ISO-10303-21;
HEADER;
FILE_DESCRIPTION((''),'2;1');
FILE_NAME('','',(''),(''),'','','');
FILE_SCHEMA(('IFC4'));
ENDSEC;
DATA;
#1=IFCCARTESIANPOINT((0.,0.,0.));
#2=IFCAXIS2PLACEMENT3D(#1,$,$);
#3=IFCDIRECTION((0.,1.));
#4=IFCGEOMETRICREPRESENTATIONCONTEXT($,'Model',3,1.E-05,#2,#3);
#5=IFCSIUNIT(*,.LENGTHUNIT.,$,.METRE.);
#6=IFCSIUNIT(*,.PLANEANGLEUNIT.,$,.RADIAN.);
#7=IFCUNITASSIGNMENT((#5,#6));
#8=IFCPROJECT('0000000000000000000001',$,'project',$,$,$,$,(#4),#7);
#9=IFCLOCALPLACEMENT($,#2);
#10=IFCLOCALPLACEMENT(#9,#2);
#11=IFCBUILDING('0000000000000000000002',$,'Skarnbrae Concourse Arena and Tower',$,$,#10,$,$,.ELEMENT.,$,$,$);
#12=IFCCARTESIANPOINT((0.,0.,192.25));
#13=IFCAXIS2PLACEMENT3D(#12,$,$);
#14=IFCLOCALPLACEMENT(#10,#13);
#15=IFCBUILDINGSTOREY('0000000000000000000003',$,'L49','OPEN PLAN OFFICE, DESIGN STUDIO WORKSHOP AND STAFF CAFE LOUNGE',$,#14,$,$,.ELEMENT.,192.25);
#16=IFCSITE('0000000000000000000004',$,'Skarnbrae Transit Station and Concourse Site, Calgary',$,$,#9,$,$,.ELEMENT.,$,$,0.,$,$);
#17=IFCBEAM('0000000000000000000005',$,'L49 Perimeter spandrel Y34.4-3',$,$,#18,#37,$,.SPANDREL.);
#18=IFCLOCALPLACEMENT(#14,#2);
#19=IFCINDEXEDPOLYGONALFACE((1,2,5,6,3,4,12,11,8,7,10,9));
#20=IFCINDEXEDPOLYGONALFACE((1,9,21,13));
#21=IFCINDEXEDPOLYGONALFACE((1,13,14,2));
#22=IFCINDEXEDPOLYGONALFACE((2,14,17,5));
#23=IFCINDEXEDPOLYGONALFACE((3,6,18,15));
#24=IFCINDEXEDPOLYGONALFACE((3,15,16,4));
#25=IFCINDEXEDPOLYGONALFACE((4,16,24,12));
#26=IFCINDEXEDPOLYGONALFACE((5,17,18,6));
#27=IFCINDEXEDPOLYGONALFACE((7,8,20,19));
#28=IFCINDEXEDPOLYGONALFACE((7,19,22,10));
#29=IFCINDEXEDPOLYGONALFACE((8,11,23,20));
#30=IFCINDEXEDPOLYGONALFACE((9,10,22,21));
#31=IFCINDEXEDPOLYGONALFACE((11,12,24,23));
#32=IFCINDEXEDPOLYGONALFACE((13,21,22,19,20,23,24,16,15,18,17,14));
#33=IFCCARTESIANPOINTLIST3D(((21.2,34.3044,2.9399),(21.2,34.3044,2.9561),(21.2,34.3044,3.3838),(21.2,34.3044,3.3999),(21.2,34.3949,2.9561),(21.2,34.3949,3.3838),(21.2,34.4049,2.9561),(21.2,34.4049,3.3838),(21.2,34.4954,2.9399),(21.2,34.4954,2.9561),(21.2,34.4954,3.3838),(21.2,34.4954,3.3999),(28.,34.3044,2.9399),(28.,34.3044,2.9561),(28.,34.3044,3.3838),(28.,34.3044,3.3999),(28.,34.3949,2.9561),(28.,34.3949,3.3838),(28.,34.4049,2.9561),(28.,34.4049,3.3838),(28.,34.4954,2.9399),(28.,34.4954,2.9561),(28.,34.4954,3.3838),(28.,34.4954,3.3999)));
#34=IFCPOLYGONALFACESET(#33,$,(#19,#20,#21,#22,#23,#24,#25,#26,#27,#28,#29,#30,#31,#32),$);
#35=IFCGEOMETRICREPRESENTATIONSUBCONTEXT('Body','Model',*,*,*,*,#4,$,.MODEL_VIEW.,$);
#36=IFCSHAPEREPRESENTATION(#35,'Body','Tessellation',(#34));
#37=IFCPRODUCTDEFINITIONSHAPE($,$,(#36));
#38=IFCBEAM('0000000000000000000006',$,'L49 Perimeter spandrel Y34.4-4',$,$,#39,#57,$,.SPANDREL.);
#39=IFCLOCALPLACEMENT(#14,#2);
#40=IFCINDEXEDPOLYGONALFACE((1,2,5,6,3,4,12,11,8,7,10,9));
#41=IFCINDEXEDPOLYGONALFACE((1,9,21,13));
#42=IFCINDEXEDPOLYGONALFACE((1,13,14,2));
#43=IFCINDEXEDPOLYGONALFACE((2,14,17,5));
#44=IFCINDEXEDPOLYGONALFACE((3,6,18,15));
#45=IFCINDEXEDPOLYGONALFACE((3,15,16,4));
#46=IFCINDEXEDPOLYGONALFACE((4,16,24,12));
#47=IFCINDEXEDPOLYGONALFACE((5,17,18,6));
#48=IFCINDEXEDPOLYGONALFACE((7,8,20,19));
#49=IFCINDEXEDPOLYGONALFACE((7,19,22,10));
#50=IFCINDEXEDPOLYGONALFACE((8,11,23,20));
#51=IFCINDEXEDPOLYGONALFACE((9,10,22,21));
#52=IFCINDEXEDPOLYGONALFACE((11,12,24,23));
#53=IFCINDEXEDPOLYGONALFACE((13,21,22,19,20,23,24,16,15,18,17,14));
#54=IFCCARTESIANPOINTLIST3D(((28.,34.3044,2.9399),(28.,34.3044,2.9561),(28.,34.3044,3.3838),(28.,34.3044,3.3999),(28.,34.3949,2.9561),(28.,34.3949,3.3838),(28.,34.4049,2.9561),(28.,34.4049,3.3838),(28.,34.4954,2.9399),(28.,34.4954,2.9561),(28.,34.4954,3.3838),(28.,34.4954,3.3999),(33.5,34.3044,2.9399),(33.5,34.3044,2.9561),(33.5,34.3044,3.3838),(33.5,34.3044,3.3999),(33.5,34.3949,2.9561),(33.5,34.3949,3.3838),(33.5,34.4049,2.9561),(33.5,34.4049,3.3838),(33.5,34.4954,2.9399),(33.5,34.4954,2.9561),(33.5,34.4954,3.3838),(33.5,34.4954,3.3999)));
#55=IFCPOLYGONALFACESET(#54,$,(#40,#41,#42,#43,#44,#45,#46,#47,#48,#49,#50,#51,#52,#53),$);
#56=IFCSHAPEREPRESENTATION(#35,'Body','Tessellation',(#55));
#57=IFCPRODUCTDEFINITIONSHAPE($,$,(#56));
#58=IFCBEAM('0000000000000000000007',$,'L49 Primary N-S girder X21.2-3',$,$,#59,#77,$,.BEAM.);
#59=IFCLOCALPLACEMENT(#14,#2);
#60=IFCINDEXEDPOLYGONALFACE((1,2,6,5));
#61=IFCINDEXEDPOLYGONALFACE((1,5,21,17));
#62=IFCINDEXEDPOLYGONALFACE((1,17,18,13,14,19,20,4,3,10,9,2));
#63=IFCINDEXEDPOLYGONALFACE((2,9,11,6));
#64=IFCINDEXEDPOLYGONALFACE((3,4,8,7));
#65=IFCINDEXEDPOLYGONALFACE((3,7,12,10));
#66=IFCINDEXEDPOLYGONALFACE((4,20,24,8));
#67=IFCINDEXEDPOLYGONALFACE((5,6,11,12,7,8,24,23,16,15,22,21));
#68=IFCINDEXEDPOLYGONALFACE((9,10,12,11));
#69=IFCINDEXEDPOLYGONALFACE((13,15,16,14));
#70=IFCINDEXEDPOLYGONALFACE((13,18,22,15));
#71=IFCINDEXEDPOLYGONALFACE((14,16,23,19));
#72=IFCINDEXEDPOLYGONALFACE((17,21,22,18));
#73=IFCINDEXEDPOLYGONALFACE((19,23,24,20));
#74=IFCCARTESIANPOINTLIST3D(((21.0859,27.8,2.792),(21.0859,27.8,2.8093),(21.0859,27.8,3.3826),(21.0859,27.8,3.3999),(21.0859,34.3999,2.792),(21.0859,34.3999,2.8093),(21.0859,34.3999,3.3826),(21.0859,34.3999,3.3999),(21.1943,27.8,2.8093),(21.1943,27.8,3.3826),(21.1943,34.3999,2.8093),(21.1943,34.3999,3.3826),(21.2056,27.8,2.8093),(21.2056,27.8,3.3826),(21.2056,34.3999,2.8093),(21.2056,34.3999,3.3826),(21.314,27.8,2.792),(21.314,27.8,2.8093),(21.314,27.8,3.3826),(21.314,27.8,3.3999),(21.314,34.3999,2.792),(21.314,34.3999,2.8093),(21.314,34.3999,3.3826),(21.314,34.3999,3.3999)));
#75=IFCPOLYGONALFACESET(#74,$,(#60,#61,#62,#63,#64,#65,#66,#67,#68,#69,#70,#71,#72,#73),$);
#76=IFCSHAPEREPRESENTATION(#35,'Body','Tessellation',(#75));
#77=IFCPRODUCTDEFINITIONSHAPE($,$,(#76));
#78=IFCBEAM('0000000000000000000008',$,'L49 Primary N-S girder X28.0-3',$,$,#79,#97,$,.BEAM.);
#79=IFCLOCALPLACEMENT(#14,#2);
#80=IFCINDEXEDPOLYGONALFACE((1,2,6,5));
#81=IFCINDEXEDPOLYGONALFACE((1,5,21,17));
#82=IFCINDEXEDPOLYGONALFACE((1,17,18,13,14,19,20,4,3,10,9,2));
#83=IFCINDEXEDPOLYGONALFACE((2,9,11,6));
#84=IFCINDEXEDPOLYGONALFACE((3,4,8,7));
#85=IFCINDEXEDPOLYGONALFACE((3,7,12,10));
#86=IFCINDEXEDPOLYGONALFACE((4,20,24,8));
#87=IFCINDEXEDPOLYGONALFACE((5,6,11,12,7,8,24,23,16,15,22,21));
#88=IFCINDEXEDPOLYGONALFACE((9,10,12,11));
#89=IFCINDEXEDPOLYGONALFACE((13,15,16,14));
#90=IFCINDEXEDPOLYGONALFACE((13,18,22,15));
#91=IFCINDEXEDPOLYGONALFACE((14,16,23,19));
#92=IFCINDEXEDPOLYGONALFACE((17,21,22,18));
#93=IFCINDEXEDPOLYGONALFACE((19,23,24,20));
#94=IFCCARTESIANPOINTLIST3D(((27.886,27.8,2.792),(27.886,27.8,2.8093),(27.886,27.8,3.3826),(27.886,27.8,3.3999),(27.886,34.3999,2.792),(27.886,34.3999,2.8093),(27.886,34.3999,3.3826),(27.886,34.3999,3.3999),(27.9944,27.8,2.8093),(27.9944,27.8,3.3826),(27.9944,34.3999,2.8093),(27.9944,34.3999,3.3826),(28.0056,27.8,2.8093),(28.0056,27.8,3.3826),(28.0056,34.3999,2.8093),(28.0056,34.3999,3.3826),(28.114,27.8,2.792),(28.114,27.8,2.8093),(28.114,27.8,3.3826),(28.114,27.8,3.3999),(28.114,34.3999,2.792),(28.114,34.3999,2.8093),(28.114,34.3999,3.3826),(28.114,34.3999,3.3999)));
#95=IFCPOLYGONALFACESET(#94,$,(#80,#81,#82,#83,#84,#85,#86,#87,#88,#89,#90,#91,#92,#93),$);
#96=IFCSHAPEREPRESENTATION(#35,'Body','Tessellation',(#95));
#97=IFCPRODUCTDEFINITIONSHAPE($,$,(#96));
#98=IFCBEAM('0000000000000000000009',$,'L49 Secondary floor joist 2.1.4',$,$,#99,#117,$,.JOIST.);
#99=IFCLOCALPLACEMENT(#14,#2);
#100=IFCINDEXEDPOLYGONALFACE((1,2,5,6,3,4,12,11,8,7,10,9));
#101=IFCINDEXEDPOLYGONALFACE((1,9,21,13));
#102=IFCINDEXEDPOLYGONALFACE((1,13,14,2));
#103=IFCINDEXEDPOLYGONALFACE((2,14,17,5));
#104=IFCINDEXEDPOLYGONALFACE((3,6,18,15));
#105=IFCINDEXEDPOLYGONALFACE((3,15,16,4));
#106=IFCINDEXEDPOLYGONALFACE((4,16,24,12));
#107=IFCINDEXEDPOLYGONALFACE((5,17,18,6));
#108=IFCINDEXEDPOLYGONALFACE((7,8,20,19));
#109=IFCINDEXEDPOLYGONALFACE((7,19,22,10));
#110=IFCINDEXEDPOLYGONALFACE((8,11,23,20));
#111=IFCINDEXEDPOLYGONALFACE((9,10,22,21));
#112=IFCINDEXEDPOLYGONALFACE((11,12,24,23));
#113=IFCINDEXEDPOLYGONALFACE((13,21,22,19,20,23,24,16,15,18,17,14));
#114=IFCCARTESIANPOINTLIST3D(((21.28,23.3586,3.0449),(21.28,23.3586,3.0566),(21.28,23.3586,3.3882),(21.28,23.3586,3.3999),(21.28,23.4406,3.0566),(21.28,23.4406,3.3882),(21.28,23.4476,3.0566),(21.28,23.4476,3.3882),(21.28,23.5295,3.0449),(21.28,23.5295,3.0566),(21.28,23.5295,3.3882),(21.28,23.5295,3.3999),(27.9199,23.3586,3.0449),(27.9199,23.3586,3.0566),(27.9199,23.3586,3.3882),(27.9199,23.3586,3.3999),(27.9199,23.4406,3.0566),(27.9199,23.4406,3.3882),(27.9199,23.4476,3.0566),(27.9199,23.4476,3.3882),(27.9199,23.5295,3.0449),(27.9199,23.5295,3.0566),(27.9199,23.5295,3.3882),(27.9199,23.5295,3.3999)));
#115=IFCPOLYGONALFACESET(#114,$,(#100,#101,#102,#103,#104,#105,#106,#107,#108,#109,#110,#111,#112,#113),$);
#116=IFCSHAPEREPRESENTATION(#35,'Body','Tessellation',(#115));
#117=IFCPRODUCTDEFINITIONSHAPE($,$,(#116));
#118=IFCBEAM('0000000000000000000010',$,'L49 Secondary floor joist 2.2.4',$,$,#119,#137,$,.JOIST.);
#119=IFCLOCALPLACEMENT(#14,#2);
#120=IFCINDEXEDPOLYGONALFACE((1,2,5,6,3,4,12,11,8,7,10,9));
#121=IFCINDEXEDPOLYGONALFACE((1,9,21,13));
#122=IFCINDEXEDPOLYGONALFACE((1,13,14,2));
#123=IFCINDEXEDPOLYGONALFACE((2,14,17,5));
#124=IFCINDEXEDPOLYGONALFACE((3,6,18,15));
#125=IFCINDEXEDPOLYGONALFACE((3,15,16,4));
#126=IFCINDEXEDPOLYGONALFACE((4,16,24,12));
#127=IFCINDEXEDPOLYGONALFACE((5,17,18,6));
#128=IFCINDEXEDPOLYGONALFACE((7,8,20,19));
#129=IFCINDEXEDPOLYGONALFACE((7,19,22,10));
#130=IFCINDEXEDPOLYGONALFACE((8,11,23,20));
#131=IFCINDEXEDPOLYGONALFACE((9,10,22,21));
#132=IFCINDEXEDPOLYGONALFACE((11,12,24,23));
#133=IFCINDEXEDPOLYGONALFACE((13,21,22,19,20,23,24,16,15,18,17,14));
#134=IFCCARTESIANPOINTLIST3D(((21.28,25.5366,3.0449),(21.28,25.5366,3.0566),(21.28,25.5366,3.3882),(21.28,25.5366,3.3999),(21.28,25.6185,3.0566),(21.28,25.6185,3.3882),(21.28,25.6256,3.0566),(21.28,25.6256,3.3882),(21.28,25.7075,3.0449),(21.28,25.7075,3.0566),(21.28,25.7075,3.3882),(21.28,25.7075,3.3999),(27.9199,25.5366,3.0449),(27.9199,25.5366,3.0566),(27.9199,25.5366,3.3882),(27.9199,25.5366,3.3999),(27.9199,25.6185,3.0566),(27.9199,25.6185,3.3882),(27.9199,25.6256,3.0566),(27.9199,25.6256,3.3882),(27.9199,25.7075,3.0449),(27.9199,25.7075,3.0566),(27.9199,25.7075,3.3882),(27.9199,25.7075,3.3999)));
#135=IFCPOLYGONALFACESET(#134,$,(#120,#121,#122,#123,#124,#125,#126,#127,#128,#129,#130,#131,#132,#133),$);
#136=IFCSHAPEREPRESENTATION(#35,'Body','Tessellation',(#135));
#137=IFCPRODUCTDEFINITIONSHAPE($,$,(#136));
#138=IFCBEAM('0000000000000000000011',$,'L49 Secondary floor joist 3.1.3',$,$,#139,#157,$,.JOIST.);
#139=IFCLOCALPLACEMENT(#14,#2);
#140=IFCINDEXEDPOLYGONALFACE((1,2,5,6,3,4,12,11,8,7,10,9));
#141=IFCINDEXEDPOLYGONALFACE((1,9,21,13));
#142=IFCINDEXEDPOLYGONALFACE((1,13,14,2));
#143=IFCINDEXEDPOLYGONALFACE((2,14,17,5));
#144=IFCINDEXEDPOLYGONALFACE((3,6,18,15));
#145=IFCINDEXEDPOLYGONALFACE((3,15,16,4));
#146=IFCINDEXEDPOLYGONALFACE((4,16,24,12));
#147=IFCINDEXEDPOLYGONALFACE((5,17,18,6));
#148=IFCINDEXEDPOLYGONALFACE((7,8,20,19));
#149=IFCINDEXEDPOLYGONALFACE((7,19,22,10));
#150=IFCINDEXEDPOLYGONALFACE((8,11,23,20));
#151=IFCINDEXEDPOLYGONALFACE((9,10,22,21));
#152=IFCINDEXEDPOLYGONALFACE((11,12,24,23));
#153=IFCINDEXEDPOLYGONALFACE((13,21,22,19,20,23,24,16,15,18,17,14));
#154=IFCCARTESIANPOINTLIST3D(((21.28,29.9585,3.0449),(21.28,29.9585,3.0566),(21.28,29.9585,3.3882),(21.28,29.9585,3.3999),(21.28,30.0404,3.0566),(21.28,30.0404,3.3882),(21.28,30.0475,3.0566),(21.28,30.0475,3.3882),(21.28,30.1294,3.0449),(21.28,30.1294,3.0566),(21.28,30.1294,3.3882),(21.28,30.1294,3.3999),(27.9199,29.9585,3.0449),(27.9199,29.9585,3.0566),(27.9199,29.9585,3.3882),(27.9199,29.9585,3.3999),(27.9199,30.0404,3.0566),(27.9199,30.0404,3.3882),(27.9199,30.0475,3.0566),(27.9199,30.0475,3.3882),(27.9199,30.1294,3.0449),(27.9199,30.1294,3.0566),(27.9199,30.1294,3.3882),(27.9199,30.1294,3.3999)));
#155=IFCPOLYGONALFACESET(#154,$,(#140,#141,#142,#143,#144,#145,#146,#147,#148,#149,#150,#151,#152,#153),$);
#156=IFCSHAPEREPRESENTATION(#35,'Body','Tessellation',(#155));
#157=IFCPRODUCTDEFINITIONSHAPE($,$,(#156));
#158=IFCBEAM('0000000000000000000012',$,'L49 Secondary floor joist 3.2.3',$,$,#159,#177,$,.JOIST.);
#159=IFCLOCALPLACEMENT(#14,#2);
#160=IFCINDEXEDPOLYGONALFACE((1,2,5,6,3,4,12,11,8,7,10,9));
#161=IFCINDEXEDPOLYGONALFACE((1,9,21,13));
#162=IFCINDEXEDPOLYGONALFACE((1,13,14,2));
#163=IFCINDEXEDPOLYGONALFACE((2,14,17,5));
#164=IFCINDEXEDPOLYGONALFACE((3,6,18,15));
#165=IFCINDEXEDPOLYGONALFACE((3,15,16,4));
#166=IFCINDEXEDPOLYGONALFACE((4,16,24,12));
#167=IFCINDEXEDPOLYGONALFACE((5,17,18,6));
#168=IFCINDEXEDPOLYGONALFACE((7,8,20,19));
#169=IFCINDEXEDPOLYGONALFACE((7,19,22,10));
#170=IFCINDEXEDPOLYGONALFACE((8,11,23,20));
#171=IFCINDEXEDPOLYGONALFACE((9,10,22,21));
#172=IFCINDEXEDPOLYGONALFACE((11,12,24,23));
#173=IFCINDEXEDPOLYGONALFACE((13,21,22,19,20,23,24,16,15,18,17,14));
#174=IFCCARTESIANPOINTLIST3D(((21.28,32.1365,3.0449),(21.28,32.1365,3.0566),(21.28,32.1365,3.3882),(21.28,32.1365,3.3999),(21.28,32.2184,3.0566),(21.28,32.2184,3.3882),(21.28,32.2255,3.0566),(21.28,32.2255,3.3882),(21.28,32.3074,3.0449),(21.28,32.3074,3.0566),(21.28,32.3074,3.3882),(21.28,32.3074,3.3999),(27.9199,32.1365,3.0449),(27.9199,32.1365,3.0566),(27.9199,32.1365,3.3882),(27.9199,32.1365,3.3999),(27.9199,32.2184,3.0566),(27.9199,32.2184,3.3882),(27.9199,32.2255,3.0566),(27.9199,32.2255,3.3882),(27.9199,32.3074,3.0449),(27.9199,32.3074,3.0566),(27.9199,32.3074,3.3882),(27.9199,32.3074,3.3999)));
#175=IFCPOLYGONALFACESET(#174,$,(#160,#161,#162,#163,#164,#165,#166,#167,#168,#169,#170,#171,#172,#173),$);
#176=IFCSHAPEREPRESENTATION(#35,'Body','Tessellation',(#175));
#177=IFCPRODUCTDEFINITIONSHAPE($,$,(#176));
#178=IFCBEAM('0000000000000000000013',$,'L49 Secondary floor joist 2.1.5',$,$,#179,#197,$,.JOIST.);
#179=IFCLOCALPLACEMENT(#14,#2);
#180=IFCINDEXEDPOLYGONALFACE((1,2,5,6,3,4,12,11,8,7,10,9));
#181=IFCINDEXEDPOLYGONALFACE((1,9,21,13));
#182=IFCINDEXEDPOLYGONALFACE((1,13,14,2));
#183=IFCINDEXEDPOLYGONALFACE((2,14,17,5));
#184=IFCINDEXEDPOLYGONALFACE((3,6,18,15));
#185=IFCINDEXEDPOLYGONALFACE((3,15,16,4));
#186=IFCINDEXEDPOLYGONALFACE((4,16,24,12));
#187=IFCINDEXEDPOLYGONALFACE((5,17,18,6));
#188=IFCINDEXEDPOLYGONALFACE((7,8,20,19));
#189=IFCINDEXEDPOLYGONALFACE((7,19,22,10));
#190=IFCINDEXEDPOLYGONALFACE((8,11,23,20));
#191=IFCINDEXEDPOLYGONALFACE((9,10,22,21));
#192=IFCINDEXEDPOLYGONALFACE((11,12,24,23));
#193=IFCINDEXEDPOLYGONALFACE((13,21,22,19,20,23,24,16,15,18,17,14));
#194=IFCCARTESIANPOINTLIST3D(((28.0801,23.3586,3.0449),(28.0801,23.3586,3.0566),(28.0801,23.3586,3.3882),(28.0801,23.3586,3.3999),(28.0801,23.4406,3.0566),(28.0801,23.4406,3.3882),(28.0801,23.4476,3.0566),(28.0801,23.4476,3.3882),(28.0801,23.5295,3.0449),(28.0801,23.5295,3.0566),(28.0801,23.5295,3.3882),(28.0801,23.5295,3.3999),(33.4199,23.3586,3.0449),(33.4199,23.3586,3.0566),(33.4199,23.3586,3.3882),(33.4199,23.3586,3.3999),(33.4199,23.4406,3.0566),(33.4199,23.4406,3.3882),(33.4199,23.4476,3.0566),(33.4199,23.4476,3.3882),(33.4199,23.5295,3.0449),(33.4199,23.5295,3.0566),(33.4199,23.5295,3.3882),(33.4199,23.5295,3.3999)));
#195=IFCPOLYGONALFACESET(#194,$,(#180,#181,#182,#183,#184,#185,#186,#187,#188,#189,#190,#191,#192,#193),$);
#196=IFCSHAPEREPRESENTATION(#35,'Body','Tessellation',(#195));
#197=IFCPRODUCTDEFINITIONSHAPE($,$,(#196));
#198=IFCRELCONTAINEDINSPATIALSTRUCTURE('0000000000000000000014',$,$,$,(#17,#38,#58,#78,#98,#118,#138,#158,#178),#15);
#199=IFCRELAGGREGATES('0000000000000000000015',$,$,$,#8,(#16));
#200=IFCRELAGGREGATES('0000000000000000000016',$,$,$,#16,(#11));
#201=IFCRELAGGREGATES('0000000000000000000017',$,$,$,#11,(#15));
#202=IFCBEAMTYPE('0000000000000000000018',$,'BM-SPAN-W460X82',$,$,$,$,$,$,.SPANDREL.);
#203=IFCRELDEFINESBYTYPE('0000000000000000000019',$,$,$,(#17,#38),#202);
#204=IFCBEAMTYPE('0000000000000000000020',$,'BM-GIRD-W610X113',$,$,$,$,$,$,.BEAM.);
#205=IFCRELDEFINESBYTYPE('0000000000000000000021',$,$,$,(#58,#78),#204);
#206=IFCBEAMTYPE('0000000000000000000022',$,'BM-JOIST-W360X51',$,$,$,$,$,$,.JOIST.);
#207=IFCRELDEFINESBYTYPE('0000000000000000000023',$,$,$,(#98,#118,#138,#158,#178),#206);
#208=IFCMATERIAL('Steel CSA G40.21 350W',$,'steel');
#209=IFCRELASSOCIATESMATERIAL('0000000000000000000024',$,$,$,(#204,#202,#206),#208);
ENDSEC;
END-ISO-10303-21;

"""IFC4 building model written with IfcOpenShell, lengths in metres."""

from ifc_helpers import new_model, si_unit, direction, frame, origin, origin_2d, place, context, subcontext, project, spatial, i_section, extrude, source, transform, mapped, material, material_profile, profile_set, type_object, element, save


model = new_model("IFC4")

# Units and contexts
model_context = context("Model", 3, precision=1e-05, world=origin(), true_north=direction((0.0, 1.0)))
body_context = subcontext(model_context, "Body", "Model", "MODEL_VIEW")
ifc_project = project(units=[si_unit("LENGTHUNIT", "METRE"), si_unit("PLANEANGLEUNIT", "RADIAN")], contexts=[model_context])

# Site, building, storey
site_placement = place(None, origin())
site = spatial("IfcSite", under=ifc_project, at=site_placement, Name="Skarnbrae Transit Station and Concourse Site, Calgary", CompositionType="ELEMENT", RefElevation=0.0)
building_placement = place(site_placement, origin())
building = spatial("IfcBuilding", under=site, at=building_placement, Name="Skarnbrae Concourse Arena and Tower", CompositionType="ELEMENT")
storey_placement = place(building_placement, frame((0.0, 0.0, 192.25)))
storey = spatial("IfcBuildingStorey", under=building, at=storey_placement, Name="L49", Description="OPEN PLAN OFFICE, DESIGN STUDIO WORKSHOP AND STAFF CAFE LOUNGE", CompositionType="ELEMENT", Elevation=192.25)

# Shared definitions
ifc_material_1 = material(Name="Steel CSA G40.21 350W", Category="steel")

# Beams
ifc_material_profile_1 = material_profile(ifc_material_1, i_section(OverallWidth=0.228, OverallDepth=0.6079, WebThickness=0.0112, FlangeThickness=0.0173, at=origin_2d()), Name="W610X113")
ifc_profile_set_1 = profile_set([ifc_material_profile_1], Name="Steel CSA G40.21 350W")
beam_type_1 = type_object("IfcBeamType", Name="BM-GIRD-W610X113", PredefinedType="BEAM", material=ifc_profile_set_1)
ifc_material_profile_2 = material_profile(ifc_material_1, i_section(OverallWidth=0.1909, OverallDepth=0.46, WebThickness=0.01, FlangeThickness=0.0161, at=origin_2d()), Name="W460X82")
ifc_profile_set_2 = profile_set([ifc_material_profile_2], Name="Steel CSA G40.21 350W")
beam_type_2 = type_object("IfcBeamType", Name="BM-SPAN-W460X82", PredefinedType="SPANDREL", material=ifc_profile_set_2)
shared_shape_1 = source(origin(), body_context, "Body", "SweptSolid", [
    extrude(i_section(OverallWidth=0.1909, OverallDepth=0.46, WebThickness=0.01, FlangeThickness=0.0161, at=origin_2d()), origin(), (0.0, 0.0, 1.0), 6.8),
])
beam_1_placement = place(storey_placement, frame((21.2, 34.3999, 3.1699), z_axis=(1.0, 0.0, 0.0), x_axis=(0.0, 1.0, 0.0)))
element("IfcBeam", 1, at=beam_1_placement, inside=storey, type_object=beam_type_2, Name="L49 Perimeter spandrel Y34.4-3", PredefinedType="SPANDREL", context=body_context, shape_type="MappedRepresentation", body=[
    mapped(shared_shape_1, transform((0.0, 0.0, 0.0))),
])
shared_shape_2 = source(origin(), body_context, "Body", "SweptSolid", [
    extrude(i_section(OverallWidth=0.1909, OverallDepth=0.46, WebThickness=0.01, FlangeThickness=0.0161, at=origin_2d()), origin(), (0.0, 0.0, 1.0), 5.5),
])
beam_2_placement = place(storey_placement, frame((28.0, 34.3999, 3.1699), z_axis=(1.0, 0.0, 0.0), x_axis=(0.0, 1.0, 0.0)))
element("IfcBeam", 2, at=beam_2_placement, inside=storey, type_object=beam_type_2, Name="L49 Perimeter spandrel Y34.4-4", PredefinedType="SPANDREL", context=body_context, shape_type="MappedRepresentation", body=[
    mapped(shared_shape_2, transform((0.0, 0.0, 0.0))),
])
shared_shape_3 = source(origin(), body_context, "Body", "SweptSolid", [
    extrude(i_section(OverallWidth=0.228, OverallDepth=0.6079, WebThickness=0.0112, FlangeThickness=0.0173, at=origin_2d()), origin(), (0.0, 0.0, 1.0), 6.5999),
])
for number, where, z_axis, x_axis, name in (
    (3, (21.2, 27.8, 3.0959), (0.0, 1.0, 0.0), (-1.0, 0.0, 0.0), "L49 Primary N-S girder X21.2-3"),
    (4, (28.0, 27.8, 3.0959), (0.0, 1.0, 0.0), (-1.0, 0.0, 0.0), "L49 Primary N-S girder X28.0-3"),
):
    element("IfcBeam", number, at=place(storey_placement, frame(where, z_axis=z_axis, x_axis=x_axis)), inside=storey, type_object=beam_type_1, Name=name, PredefinedType="BEAM", context=body_context, shape_type="MappedRepresentation", body=[
        mapped(shared_shape_3, transform((0.0, 0.0, 0.0))),
    ])
ifc_material_profile_3 = material_profile(ifc_material_1, i_section(OverallWidth=0.1709, OverallDepth=0.355, WebThickness=0.0071, FlangeThickness=0.0117, at=origin_2d()), Name="W360X51")
ifc_profile_set_3 = profile_set([ifc_material_profile_3], Name="Steel CSA G40.21 350W")
beam_type_3 = type_object("IfcBeamType", Name="BM-JOIST-W360X51", PredefinedType="JOIST", material=ifc_profile_set_3)
shared_shape_4 = source(origin(), body_context, "Body", "SweptSolid", [
    extrude(i_section(OverallWidth=0.1709, OverallDepth=0.355, WebThickness=0.0071, FlangeThickness=0.0117, at=origin_2d()), origin(), (0.0, 0.0, 1.0), 6.6399),
])
for number, where, z_axis, x_axis, name in (
    (5, (21.28, 23.4441, 3.2224), (1.0, 0.0, 0.0), (0.0, 1.0, 0.0), "L49 Secondary floor joist 2.1.4"),
    (6, (21.28, 25.6221, 3.2224), (1.0, 0.0, 0.0), (0.0, 1.0, 0.0), "L49 Secondary floor joist 2.2.4"),
    (7, (21.28, 30.0439, 3.2224), (1.0, 0.0, 0.0), (0.0, 1.0, 0.0), "L49 Secondary floor joist 3.1.3"),
    (8, (21.28, 32.2219, 3.2224), (1.0, 0.0, 0.0), (0.0, 1.0, 0.0), "L49 Secondary floor joist 3.2.3"),
):
    element("IfcBeam", number, at=place(storey_placement, frame(where, z_axis=z_axis, x_axis=x_axis)), inside=storey, type_object=beam_type_3, Name=name, PredefinedType="JOIST", context=body_context, shape_type="MappedRepresentation", body=[
        mapped(shared_shape_4, transform((0.0, 0.0, 0.0))),
    ])
shared_shape_5 = source(origin(), body_context, "Body", "SweptSolid", [
    extrude(i_section(OverallWidth=0.1709, OverallDepth=0.355, WebThickness=0.0071, FlangeThickness=0.0117, at=origin_2d()), origin(), (0.0, 0.0, 1.0), 5.3398),
])
for number, where, z_axis, x_axis, name in (
    (9, (28.0801, 23.4441, 3.2224), (1.0, 0.0, 0.0), (0.0, 1.0, 0.0), "L49 Secondary floor joist 2.1.5"),
):
    element("IfcBeam", number, at=place(storey_placement, frame(where, z_axis=z_axis, x_axis=x_axis)), inside=storey, type_object=beam_type_3, Name=name, PredefinedType="JOIST", context=body_context, shape_type="MappedRepresentation", body=[
        mapped(shared_shape_5, transform((0.0, 0.0, 0.0))),
    ])

save(model, "model.ifc")
